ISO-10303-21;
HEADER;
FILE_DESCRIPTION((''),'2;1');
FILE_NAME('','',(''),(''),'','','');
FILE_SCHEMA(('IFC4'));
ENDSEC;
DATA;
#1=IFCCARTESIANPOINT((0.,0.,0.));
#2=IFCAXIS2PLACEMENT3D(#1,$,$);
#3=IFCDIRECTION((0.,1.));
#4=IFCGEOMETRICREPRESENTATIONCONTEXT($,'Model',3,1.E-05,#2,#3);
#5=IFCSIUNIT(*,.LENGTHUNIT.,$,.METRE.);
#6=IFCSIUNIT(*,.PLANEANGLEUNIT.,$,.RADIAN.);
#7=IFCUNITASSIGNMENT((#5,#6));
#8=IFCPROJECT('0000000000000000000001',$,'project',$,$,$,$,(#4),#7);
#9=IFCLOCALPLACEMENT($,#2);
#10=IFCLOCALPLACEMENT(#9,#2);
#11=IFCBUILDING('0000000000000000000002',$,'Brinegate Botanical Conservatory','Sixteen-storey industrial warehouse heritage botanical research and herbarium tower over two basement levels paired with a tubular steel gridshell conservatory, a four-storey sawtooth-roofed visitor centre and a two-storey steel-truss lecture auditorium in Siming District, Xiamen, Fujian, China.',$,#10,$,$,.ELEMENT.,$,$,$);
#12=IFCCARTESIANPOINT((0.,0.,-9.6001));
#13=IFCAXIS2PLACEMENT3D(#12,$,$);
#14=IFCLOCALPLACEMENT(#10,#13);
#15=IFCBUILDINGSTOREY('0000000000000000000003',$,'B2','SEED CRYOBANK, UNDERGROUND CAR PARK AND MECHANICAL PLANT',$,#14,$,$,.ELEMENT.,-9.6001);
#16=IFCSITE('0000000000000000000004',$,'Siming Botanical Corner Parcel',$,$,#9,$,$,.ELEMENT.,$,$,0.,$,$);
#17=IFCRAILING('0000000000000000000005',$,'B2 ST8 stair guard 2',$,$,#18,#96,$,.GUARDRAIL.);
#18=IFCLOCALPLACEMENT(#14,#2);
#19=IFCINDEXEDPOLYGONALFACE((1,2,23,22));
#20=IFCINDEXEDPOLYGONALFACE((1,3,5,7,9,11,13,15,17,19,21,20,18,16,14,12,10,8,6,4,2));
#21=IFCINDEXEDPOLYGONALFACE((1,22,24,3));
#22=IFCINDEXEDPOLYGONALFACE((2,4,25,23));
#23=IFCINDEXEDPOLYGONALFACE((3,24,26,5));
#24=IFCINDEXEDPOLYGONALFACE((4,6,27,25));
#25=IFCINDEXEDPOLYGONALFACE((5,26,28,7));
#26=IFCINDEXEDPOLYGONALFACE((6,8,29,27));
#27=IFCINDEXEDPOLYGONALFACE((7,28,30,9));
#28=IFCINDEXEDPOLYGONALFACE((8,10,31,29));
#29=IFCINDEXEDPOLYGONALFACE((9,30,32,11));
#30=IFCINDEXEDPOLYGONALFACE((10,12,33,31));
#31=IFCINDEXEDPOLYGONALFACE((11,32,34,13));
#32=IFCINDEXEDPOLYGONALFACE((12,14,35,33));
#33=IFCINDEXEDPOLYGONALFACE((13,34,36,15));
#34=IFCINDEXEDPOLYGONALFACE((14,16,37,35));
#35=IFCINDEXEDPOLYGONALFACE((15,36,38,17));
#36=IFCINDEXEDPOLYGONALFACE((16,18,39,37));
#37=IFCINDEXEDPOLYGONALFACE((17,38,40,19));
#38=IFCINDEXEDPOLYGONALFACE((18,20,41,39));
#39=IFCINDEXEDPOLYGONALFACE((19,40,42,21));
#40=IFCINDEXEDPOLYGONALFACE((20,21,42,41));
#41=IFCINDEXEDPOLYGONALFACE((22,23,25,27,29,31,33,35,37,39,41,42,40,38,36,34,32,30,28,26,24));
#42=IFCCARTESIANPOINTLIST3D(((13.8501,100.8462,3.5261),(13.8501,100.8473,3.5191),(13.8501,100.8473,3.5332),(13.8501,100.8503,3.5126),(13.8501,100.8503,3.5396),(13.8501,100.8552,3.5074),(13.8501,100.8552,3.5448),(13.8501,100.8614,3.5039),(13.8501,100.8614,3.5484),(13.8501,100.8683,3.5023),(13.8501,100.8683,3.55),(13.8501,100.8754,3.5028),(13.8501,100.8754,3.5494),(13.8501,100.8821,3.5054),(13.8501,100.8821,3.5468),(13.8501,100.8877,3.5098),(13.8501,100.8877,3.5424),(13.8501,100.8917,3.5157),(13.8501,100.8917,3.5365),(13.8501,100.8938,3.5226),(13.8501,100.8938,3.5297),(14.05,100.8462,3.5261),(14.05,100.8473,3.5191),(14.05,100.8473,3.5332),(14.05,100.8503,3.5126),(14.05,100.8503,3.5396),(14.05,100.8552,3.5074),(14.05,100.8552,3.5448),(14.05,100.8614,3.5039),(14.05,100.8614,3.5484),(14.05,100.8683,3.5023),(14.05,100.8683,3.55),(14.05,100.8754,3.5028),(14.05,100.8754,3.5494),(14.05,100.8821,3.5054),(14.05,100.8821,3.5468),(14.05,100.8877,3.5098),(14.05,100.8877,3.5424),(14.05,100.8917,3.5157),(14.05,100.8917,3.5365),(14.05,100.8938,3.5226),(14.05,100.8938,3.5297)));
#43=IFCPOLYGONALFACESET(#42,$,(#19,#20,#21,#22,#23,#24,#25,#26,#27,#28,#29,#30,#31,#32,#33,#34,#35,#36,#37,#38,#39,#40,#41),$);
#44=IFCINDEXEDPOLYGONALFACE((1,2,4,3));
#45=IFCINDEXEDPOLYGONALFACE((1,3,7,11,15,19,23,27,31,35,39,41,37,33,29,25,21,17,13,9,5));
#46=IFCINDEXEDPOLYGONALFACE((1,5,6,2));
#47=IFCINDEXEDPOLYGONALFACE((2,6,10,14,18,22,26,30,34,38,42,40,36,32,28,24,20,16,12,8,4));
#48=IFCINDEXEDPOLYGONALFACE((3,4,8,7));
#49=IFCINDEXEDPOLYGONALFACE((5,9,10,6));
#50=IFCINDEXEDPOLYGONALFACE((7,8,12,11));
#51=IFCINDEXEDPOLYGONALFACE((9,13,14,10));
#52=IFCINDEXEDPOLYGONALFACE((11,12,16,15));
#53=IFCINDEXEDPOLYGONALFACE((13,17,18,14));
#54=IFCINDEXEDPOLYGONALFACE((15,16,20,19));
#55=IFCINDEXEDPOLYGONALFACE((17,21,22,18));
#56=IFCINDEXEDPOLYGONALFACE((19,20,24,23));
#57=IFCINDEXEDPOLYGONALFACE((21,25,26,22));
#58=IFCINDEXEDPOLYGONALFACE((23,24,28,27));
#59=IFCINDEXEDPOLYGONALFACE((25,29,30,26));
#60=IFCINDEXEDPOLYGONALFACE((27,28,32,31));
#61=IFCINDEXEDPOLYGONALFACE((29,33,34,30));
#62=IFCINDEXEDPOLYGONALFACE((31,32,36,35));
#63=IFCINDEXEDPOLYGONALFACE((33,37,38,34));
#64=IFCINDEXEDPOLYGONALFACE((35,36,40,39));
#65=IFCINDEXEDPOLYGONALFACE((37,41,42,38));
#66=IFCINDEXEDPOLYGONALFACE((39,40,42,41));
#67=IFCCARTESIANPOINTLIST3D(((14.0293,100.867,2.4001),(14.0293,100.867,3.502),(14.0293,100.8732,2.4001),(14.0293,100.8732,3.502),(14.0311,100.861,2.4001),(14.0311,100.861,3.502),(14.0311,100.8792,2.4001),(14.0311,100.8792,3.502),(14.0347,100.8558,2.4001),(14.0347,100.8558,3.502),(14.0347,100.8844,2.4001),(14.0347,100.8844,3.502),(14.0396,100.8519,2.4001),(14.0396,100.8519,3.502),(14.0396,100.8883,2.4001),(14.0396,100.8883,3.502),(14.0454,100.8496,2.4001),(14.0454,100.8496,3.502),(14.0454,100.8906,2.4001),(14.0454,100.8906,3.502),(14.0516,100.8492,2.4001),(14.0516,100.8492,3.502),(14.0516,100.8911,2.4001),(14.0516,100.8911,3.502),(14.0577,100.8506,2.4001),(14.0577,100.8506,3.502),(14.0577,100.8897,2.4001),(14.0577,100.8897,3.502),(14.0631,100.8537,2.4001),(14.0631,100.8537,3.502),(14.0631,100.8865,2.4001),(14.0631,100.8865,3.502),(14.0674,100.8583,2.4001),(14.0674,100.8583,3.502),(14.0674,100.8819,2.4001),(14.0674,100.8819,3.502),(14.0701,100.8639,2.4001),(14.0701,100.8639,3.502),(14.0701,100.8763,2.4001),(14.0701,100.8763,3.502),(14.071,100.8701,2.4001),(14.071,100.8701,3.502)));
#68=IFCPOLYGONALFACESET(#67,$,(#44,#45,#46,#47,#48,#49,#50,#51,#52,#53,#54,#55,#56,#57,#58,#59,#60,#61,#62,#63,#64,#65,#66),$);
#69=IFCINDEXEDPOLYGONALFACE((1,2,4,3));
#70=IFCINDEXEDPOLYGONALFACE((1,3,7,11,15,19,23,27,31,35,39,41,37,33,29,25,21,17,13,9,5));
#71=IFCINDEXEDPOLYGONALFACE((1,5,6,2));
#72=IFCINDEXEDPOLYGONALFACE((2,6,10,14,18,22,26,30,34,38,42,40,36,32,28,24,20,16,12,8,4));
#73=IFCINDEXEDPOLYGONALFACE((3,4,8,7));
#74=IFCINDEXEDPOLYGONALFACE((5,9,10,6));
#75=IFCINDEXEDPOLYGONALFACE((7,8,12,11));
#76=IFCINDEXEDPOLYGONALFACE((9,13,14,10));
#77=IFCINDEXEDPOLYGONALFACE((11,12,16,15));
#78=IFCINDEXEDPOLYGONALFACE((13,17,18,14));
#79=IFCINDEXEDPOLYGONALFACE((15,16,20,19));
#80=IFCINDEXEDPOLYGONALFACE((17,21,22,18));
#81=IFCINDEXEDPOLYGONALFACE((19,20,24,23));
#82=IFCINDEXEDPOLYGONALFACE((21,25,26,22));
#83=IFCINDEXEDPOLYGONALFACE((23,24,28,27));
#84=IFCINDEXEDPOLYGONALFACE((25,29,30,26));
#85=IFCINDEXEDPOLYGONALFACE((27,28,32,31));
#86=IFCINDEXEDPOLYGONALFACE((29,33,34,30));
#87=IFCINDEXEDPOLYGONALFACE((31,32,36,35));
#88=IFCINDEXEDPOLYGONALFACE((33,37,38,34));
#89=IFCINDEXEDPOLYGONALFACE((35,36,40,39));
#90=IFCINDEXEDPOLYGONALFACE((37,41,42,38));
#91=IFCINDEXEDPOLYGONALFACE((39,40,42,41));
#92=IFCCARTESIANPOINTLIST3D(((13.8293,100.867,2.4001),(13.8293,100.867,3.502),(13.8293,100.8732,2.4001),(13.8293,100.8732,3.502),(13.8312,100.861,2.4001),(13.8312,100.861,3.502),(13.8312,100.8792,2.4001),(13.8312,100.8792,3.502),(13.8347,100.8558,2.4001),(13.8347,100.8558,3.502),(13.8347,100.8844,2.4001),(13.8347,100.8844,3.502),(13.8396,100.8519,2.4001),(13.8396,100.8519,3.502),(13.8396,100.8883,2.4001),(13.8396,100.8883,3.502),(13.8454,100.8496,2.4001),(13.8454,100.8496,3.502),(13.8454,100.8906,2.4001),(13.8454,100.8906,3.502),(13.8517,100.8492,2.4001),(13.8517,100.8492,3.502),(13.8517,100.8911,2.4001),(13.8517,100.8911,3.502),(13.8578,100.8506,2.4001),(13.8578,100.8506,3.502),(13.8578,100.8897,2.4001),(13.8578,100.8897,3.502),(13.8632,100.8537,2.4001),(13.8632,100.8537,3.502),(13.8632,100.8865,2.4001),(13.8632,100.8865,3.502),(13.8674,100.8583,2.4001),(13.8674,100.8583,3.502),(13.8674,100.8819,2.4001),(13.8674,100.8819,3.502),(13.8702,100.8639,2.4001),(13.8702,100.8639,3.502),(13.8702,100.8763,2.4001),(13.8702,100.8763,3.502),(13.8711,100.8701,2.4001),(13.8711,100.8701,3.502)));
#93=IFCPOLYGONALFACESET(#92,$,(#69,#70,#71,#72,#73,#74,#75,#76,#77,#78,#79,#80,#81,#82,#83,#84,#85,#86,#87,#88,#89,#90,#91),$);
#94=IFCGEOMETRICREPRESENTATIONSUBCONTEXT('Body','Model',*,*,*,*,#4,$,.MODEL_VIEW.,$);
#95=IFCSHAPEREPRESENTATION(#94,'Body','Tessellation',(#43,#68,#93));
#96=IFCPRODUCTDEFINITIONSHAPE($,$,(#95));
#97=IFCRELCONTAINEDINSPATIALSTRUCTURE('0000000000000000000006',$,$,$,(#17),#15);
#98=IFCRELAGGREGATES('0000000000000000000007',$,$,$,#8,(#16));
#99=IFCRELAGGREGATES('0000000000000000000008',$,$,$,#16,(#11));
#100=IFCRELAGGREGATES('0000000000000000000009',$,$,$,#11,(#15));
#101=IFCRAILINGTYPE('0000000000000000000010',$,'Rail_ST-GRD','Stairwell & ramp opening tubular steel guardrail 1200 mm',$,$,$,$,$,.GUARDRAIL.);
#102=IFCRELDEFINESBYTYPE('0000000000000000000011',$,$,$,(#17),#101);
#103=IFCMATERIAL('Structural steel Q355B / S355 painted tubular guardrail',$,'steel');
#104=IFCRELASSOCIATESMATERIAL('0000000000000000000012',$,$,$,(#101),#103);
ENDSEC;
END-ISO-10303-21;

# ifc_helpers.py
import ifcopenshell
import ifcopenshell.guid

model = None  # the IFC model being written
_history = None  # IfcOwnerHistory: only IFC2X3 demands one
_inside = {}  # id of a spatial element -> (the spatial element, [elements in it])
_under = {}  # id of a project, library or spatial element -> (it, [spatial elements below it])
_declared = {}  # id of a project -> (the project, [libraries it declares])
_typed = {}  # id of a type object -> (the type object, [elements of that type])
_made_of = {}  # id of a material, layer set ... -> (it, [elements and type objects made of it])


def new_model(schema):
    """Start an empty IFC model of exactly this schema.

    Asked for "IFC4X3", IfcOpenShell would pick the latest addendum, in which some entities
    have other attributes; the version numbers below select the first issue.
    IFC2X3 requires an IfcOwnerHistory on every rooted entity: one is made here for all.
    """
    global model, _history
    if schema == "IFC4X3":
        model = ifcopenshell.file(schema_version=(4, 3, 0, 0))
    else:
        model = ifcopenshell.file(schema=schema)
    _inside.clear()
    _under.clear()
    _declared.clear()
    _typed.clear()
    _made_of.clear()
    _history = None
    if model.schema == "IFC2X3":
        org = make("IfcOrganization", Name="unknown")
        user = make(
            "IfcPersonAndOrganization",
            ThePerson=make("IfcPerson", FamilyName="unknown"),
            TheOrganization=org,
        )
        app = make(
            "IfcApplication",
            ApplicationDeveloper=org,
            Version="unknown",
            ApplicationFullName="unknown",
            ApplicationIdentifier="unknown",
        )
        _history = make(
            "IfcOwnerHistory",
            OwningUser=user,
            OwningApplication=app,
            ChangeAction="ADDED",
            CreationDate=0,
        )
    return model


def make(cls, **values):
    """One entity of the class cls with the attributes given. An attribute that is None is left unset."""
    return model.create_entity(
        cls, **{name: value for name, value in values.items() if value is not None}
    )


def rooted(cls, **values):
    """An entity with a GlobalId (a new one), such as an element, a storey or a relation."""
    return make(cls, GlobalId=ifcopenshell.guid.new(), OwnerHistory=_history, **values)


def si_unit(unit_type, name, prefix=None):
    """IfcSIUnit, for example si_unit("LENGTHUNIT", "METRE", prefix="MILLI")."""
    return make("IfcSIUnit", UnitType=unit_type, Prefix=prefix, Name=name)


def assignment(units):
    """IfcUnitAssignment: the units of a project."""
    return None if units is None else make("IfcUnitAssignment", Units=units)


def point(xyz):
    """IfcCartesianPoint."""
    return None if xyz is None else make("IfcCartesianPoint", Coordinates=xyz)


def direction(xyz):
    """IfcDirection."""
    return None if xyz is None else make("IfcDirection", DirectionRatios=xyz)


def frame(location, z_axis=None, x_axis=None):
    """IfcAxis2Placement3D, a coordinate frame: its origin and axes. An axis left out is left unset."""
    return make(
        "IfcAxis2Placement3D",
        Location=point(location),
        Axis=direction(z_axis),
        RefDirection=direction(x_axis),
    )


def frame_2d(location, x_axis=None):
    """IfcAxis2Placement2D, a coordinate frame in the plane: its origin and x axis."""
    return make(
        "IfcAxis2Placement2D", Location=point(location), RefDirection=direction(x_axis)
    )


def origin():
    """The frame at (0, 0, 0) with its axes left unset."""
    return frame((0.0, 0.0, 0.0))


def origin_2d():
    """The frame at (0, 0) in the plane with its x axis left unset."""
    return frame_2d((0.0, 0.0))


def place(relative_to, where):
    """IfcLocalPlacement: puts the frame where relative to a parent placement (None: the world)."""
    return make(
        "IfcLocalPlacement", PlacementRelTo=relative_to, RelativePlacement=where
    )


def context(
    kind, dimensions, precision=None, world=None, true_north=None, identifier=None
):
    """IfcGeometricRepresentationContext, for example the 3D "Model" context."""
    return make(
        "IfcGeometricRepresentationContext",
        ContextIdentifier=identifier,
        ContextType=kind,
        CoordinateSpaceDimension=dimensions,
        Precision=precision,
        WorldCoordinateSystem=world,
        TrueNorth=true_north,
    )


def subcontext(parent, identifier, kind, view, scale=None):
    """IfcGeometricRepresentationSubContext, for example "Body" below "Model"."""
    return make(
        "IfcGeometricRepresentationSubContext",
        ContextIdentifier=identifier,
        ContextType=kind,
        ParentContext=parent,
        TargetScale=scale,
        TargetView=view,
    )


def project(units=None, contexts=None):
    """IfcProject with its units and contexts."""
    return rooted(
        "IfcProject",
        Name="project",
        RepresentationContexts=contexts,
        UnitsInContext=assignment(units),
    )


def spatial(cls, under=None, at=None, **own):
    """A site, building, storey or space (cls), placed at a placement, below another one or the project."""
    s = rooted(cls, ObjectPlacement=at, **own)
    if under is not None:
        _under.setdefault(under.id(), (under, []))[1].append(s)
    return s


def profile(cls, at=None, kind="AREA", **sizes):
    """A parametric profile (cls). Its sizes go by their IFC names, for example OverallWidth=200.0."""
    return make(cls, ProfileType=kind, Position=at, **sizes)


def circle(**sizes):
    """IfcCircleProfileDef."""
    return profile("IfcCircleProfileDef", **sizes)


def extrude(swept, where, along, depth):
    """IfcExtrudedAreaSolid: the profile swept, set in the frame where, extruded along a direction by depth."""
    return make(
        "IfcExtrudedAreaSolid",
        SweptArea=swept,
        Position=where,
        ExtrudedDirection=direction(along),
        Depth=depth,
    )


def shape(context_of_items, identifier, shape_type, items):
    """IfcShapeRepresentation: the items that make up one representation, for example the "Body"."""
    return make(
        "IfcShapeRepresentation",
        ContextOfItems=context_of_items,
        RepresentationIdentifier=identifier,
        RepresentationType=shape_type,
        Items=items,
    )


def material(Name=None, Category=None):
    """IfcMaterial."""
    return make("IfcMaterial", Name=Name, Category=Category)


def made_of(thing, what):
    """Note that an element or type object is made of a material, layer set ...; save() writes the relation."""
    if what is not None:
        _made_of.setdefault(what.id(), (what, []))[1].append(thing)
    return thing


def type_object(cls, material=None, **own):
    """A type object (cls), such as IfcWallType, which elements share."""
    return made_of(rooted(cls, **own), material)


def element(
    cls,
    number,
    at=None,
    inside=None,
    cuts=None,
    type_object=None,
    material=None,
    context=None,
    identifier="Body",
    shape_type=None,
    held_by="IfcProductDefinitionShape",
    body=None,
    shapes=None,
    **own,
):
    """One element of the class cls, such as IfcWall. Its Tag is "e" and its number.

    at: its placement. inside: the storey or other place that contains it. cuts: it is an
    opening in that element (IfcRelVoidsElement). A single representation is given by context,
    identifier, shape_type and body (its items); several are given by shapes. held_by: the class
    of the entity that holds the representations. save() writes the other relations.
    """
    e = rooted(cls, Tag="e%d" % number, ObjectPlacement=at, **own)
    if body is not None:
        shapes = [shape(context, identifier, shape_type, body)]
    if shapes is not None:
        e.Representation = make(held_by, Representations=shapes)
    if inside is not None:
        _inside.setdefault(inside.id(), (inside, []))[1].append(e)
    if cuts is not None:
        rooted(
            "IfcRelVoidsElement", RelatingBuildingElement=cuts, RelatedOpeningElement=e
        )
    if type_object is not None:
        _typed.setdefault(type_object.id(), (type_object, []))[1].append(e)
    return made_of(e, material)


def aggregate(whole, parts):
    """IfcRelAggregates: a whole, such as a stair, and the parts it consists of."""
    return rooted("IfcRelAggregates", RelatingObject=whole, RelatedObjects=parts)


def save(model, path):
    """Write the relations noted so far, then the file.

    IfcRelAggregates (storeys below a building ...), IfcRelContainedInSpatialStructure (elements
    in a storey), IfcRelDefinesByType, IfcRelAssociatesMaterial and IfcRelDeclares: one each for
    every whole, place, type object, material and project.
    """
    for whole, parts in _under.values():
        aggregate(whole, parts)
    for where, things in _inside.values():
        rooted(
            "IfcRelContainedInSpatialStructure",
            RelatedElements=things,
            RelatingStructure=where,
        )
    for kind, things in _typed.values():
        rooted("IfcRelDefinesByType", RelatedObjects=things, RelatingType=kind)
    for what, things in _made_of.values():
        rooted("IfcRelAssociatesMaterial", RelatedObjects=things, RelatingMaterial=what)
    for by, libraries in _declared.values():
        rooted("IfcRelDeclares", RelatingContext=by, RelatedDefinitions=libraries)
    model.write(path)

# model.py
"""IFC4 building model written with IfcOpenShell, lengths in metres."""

from ifc_helpers import new_model, si_unit, direction, frame, origin, origin_2d, place, context, subcontext, project, spatial, circle, extrude, material, type_object, element, save


model = new_model("IFC4")

# Units and contexts
model_context = context("Model", 3, precision=1e-05, world=origin(), true_north=direction((0.0, 1.0)))
body_context = subcontext(model_context, "Body", "Model", "MODEL_VIEW")
ifc_project = project(units=[si_unit("LENGTHUNIT", "METRE"), si_unit("PLANEANGLEUNIT", "RADIAN")], contexts=[model_context])

# Site, building, storey
site_placement = place(None, origin())
site = spatial("IfcSite", under=ifc_project, at=site_placement, Name="Siming Botanical Corner Parcel", CompositionType="ELEMENT", RefElevation=0.0)
building_placement = place(site_placement, origin())
building = spatial("IfcBuilding", under=site, at=building_placement, Name="Brinegate Botanical Conservatory", Description="Sixteen-storey industrial warehouse heritage botanical research and herbarium tower over two basement levels paired with a tubular steel gridshell conservatory, a four-storey sawtooth-roofed visitor centre and a two-storey steel-truss lecture auditorium in Siming District, Xiamen, Fujian, China.", CompositionType="ELEMENT")
storey_placement = place(building_placement, frame((0.0, 0.0, -9.6001)))
storey = spatial("IfcBuildingStorey", under=building, at=storey_placement, Name="B2", Description="SEED CRYOBANK, UNDERGROUND CAR PARK AND MECHANICAL PLANT", CompositionType="ELEMENT", Elevation=-9.6001)

# Railing
ifc_material_1 = material(Name="Structural steel Q355B / S355 painted tubular guardrail", Category="steel")
railing_type_1 = type_object("IfcRailingType", Name="Rail_ST-GRD", Description="Stairwell & ramp opening tubular steel guardrail 1200 mm", PredefinedType="GUARDRAIL", material=ifc_material_1)
railing_1_placement = place(storey_placement, frame((14.05, 100.8701, 2.4001)))
element("IfcRailing", 1, at=railing_1_placement, inside=storey, type_object=railing_type_1, Name="B2 ST8 stair guard 2", PredefinedType="GUARDRAIL", context=body_context, shape_type="SweptSolid", body=[
    extrude(circle(Radius=0.0239, at=origin_2d()), frame((0.0, 0.0, 1.126), z_axis=(-1.0, 0.0, 0.0), x_axis=(0.0, -1.0, 0.0)), (0.0, 0.0, 1.0), 0.2),
    extrude(circle(Radius=0.021, at=origin_2d()), origin(), (0.0, 0.0, 1.0), 1.1018),
    extrude(circle(Radius=0.021, at=origin_2d()), frame((-0.2, 0.0, 0.0)), (0.0, 0.0, 1.0), 1.1018),
])

save(model, "model.ifc")
